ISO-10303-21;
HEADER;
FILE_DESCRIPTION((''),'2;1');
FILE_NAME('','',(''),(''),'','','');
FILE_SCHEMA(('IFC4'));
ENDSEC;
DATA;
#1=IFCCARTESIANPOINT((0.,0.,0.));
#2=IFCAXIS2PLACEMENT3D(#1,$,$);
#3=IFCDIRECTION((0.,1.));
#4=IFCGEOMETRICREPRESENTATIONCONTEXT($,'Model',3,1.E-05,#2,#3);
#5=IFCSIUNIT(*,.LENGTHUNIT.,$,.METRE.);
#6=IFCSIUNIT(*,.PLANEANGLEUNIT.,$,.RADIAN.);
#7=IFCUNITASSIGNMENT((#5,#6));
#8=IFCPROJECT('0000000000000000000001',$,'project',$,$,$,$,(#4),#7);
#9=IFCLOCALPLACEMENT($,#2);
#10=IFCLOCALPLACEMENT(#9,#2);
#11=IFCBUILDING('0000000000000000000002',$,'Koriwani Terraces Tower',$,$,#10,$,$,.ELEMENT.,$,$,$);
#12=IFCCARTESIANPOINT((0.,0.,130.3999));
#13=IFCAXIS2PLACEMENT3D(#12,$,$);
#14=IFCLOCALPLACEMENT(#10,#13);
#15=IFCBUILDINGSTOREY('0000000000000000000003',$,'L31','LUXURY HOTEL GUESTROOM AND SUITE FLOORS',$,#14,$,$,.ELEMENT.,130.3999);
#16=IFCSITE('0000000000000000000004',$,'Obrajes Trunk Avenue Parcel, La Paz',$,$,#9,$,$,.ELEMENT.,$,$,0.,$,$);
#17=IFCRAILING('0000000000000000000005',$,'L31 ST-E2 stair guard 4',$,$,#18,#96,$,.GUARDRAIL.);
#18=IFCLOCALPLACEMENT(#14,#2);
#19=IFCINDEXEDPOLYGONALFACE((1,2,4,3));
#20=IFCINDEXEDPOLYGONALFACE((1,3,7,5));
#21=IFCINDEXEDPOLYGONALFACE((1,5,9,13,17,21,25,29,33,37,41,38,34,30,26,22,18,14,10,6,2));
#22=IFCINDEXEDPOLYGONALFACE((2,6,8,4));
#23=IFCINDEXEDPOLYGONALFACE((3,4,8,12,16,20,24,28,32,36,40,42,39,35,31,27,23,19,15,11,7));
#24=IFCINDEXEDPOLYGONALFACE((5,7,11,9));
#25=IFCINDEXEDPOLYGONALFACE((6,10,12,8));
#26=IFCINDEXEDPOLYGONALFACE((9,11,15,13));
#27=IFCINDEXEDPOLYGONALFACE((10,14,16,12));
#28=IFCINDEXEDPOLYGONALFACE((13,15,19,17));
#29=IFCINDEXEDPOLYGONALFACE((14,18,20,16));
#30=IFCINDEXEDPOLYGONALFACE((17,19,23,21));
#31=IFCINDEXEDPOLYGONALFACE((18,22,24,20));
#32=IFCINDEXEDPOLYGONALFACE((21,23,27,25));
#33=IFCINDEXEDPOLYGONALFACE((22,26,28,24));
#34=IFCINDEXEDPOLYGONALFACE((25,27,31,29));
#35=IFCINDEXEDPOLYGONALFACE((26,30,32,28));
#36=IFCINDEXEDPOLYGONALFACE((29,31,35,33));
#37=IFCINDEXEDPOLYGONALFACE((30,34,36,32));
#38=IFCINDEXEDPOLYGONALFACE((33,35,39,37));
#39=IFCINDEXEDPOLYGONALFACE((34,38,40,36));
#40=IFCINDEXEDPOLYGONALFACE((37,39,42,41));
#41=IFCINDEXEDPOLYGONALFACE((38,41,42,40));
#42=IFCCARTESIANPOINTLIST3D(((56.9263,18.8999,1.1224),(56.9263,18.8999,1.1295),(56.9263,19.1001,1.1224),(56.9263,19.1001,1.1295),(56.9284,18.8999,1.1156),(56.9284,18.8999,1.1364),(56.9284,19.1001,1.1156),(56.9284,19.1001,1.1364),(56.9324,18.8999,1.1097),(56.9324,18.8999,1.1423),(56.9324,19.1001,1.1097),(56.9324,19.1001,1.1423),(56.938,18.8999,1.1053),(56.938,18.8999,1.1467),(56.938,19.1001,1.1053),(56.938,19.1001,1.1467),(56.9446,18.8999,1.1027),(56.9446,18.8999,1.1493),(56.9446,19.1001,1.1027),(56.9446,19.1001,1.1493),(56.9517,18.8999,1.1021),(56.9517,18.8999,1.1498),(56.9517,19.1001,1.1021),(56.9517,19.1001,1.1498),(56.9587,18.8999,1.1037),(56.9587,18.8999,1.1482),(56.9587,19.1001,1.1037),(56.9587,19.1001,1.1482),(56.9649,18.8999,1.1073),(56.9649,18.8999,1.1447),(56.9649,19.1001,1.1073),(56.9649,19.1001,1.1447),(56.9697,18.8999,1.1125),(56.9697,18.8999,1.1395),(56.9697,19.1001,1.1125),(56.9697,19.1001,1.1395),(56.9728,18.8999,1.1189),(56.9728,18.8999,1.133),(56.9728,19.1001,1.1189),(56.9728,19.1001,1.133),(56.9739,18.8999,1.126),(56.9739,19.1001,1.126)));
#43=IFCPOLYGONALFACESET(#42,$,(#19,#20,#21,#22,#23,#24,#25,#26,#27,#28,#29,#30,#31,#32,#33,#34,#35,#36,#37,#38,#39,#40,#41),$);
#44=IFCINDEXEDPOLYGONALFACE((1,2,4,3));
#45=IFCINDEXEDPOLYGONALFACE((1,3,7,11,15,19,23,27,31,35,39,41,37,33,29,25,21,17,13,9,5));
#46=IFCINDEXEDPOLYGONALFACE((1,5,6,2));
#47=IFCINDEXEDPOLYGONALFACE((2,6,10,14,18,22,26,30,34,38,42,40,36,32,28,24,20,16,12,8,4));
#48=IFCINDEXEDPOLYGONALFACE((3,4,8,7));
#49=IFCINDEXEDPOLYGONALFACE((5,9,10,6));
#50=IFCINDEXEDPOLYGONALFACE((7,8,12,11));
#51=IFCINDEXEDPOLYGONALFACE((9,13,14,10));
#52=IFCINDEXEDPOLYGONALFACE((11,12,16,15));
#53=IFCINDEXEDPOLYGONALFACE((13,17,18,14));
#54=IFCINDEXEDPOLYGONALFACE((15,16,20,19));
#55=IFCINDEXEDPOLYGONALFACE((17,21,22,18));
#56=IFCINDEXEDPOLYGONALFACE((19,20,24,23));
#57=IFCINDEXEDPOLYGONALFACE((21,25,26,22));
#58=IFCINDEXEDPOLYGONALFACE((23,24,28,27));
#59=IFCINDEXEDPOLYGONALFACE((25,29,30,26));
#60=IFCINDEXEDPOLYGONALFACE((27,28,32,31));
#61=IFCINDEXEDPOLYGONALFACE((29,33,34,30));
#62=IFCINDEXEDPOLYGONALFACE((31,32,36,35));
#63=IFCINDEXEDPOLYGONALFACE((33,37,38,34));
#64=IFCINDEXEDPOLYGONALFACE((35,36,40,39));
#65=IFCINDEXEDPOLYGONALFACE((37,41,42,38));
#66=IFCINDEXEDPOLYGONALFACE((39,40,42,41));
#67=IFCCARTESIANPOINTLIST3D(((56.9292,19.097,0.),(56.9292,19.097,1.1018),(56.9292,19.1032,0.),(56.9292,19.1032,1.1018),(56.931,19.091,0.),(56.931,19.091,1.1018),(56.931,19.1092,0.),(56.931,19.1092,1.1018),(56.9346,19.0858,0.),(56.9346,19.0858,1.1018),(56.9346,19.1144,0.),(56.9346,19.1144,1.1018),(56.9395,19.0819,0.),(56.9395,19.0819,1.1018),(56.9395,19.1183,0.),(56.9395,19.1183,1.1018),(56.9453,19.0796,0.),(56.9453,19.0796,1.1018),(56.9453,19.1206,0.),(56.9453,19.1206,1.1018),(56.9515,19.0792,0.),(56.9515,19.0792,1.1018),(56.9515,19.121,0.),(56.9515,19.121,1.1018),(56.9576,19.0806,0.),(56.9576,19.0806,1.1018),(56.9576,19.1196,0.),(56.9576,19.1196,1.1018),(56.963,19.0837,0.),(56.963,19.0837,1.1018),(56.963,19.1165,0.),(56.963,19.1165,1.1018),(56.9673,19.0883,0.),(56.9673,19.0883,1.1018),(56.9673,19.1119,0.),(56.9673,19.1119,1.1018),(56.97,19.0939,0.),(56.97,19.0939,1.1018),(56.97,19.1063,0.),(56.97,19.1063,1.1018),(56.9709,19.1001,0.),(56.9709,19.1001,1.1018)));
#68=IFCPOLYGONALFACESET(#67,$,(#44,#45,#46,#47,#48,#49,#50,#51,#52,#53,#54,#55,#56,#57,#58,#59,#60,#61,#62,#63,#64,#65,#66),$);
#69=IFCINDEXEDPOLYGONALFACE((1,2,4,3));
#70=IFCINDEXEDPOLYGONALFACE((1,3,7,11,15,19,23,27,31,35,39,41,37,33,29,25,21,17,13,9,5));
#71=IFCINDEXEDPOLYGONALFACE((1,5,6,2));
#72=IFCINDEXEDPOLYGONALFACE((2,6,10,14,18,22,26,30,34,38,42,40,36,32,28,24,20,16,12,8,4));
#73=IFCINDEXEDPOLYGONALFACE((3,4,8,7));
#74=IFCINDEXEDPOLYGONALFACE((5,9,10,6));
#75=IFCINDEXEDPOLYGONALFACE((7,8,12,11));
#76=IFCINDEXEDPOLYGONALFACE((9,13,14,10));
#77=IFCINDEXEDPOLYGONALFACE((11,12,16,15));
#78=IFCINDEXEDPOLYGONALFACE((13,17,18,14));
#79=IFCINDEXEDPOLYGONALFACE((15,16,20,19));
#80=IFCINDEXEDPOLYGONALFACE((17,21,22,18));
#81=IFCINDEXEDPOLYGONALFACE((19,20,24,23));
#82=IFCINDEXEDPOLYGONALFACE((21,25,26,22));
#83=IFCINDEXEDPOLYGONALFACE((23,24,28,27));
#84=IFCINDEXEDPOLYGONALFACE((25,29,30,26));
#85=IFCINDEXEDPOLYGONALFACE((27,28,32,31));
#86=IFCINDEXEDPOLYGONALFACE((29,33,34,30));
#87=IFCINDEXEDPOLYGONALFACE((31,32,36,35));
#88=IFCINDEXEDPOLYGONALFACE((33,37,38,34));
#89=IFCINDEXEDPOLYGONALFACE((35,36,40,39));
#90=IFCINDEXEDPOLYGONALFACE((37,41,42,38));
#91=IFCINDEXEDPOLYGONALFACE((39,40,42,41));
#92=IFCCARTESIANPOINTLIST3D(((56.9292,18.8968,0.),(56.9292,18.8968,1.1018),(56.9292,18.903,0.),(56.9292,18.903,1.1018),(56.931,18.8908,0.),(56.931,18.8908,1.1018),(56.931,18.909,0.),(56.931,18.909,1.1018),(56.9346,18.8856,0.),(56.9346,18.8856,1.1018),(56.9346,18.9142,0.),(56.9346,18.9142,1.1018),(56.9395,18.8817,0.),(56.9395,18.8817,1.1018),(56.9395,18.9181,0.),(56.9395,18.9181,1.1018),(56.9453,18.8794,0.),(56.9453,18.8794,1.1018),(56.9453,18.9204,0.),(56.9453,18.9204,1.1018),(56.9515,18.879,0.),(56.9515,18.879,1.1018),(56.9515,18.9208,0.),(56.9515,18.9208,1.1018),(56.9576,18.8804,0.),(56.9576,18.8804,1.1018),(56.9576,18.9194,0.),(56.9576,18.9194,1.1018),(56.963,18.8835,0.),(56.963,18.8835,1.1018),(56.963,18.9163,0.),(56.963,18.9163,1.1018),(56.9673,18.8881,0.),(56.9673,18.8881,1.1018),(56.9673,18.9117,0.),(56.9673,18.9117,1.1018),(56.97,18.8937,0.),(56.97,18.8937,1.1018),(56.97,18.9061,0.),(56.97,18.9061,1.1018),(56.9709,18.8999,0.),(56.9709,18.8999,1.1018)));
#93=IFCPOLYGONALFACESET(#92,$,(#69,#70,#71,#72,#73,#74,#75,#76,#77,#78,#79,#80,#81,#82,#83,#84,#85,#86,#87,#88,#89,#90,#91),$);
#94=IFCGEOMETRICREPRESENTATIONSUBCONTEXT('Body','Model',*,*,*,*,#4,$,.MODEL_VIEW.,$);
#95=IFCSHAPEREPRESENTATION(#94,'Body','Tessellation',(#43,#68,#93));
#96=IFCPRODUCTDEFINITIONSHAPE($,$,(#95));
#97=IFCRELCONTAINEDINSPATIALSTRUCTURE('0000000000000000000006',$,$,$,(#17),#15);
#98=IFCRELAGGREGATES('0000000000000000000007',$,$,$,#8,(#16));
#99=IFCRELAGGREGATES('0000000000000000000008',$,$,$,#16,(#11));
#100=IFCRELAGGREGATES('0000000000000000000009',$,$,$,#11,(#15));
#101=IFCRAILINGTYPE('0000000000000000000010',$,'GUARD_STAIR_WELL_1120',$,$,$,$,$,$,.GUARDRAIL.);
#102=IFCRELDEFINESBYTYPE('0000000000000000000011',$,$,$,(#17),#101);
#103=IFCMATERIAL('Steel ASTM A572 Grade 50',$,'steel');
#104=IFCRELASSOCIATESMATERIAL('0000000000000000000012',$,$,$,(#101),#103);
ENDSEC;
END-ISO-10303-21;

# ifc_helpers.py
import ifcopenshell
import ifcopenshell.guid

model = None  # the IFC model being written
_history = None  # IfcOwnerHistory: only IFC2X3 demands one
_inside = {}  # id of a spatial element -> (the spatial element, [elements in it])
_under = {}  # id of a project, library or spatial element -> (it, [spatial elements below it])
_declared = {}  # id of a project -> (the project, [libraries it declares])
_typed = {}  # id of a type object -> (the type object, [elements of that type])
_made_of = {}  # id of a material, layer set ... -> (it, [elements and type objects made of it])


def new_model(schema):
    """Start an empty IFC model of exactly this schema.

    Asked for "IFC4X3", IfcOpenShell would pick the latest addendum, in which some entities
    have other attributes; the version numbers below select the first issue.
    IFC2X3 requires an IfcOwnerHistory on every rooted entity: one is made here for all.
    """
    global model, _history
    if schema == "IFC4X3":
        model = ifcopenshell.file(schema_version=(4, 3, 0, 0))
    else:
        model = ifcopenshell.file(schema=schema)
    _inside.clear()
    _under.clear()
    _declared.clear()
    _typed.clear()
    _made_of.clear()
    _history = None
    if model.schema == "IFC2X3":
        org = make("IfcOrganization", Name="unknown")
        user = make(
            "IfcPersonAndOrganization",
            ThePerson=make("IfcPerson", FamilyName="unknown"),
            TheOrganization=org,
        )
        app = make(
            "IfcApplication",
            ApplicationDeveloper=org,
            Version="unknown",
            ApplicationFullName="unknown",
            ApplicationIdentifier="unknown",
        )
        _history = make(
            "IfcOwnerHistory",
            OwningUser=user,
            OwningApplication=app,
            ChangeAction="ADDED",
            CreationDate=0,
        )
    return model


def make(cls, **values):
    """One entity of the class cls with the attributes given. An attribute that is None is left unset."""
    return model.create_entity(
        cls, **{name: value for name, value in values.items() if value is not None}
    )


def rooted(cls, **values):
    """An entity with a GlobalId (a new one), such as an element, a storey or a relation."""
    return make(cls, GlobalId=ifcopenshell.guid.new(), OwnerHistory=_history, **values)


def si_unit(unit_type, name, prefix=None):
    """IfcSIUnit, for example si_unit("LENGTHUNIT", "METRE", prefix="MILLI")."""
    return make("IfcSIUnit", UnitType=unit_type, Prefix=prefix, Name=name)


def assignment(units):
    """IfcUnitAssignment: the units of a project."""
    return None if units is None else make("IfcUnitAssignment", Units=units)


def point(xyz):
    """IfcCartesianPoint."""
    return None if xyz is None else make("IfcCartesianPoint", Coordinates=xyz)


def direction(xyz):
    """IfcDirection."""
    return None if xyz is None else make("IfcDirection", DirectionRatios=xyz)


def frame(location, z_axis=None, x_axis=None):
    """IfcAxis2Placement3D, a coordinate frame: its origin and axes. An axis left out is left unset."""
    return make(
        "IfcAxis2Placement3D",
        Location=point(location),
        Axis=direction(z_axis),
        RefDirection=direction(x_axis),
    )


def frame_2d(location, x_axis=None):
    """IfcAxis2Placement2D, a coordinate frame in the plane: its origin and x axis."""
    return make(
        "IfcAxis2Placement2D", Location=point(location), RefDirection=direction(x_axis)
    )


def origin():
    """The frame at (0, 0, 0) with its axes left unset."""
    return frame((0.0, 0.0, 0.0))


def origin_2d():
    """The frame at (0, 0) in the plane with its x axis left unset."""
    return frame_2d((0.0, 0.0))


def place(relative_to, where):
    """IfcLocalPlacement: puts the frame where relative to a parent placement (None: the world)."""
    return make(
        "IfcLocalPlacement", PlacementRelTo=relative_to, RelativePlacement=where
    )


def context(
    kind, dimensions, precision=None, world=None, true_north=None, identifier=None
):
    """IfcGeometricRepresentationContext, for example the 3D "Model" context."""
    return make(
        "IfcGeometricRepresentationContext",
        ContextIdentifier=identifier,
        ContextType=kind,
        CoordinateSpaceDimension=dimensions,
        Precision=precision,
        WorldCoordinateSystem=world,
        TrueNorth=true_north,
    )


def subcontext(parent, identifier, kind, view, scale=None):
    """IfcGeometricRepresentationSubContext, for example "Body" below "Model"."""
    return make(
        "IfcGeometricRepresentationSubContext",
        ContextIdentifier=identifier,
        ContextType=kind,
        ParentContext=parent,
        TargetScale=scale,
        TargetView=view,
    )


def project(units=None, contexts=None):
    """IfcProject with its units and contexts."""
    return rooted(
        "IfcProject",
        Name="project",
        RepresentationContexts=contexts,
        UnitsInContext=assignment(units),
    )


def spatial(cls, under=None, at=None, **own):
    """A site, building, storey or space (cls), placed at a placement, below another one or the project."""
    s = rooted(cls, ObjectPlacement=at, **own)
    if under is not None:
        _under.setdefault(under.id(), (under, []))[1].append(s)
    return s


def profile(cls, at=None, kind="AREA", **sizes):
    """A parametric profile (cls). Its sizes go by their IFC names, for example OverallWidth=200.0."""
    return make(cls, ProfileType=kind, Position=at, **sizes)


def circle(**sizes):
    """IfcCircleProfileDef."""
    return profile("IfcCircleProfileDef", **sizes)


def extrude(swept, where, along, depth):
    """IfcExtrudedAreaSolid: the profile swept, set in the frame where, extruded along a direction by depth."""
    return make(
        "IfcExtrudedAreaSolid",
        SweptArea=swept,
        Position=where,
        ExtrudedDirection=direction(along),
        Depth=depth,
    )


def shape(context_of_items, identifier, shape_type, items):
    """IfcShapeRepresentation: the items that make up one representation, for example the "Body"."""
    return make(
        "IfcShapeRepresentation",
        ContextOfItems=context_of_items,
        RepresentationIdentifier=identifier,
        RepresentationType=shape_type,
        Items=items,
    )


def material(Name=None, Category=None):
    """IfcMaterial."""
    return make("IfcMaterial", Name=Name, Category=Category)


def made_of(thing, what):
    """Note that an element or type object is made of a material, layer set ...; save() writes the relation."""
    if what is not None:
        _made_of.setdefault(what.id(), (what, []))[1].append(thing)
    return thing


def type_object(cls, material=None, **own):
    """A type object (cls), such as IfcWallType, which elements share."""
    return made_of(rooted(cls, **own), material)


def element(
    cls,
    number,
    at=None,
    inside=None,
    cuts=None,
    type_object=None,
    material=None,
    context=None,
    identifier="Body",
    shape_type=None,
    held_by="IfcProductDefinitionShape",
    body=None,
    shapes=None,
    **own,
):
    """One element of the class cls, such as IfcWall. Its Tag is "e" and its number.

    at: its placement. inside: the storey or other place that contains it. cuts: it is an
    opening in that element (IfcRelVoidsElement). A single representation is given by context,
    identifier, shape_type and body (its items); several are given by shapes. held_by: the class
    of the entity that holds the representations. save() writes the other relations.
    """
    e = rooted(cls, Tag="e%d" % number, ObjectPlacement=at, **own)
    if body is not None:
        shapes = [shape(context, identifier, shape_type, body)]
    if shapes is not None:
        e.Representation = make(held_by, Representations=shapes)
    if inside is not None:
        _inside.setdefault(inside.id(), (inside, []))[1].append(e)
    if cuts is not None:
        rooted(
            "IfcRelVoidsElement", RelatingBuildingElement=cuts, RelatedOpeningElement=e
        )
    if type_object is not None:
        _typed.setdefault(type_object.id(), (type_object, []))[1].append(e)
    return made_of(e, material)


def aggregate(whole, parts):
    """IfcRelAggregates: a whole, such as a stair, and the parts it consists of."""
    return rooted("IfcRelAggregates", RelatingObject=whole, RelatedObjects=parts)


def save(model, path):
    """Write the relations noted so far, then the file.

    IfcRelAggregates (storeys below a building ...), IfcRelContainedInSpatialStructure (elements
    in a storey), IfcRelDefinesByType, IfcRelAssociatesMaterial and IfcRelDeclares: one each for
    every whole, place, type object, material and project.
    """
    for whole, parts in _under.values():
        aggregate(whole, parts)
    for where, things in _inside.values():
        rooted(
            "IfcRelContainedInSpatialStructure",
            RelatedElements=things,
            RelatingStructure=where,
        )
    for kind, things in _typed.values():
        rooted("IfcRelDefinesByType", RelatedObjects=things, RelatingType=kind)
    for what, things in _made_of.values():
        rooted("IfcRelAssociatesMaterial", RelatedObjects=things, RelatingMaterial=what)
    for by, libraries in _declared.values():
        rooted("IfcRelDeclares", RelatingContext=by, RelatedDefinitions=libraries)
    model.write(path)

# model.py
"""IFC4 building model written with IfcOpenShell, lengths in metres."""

from ifc_helpers import new_model, si_unit, direction, frame, origin, origin_2d, place, context, subcontext, project, spatial, circle, extrude, material, type_object, element, save


model = new_model("IFC4")

# Units and contexts
model_context = context("Model", 3, precision=1e-05, world=origin(), true_north=direction((0.0, 1.0)))
body_context = subcontext(model_context, "Body", "Model", "MODEL_VIEW")
ifc_project = project(units=[si_unit("LENGTHUNIT", "METRE"), si_unit("PLANEANGLEUNIT", "RADIAN")], contexts=[model_context])

# Site, building, storey
site_placement = place(None, origin())
site = spatial("IfcSite", under=ifc_project, at=site_placement, Name="Obrajes Trunk Avenue Parcel, La Paz", CompositionType="ELEMENT", RefElevation=0.0)
building_placement = place(site_placement, origin())
building = spatial("IfcBuilding", under=site, at=building_placement, Name="Koriwani Terraces Tower", CompositionType="ELEMENT")
storey_placement = place(building_placement, frame((0.0, 0.0, 130.3999)))
storey = spatial("IfcBuildingStorey", under=building, at=storey_placement, Name="L31", Description="LUXURY HOTEL GUESTROOM AND SUITE FLOORS", CompositionType="ELEMENT", Elevation=130.3999)

# Shared definitions
ifc_material_1 = material(Name="Steel ASTM A572 Grade 50", Category="steel")

# Railing
railing_type_1 = type_object("IfcRailingType", Name="GUARD_STAIR_WELL_1120", PredefinedType="GUARDRAIL", material=ifc_material_1)
railing_1_placement = place(storey_placement, frame((56.95, 19.1001, 0.0)))
element("IfcRailing", 1, at=railing_1_placement, inside=storey, type_object=railing_type_1, Name="L31 ST-E2 stair guard 4", PredefinedType="GUARDRAIL", context=body_context, shape_type="SweptSolid", body=[
    extrude(circle(Radius=0.0239, at=origin_2d()), frame((0.0, 0.0, 1.126), z_axis=(0.0, -1.0, 0.0), x_axis=(1.0, 0.0, 0.0)), (0.0, 0.0, 1.0), 0.2002),
    extrude(circle(Radius=0.021, at=origin_2d()), origin(), (0.0, 0.0, 1.0), 1.1018),
    extrude(circle(Radius=0.021, at=origin_2d()), frame((0.0, -0.2002, 0.0)), (0.0, 0.0, 1.0), 1.1018),
])

save(model, "model.ifc")
